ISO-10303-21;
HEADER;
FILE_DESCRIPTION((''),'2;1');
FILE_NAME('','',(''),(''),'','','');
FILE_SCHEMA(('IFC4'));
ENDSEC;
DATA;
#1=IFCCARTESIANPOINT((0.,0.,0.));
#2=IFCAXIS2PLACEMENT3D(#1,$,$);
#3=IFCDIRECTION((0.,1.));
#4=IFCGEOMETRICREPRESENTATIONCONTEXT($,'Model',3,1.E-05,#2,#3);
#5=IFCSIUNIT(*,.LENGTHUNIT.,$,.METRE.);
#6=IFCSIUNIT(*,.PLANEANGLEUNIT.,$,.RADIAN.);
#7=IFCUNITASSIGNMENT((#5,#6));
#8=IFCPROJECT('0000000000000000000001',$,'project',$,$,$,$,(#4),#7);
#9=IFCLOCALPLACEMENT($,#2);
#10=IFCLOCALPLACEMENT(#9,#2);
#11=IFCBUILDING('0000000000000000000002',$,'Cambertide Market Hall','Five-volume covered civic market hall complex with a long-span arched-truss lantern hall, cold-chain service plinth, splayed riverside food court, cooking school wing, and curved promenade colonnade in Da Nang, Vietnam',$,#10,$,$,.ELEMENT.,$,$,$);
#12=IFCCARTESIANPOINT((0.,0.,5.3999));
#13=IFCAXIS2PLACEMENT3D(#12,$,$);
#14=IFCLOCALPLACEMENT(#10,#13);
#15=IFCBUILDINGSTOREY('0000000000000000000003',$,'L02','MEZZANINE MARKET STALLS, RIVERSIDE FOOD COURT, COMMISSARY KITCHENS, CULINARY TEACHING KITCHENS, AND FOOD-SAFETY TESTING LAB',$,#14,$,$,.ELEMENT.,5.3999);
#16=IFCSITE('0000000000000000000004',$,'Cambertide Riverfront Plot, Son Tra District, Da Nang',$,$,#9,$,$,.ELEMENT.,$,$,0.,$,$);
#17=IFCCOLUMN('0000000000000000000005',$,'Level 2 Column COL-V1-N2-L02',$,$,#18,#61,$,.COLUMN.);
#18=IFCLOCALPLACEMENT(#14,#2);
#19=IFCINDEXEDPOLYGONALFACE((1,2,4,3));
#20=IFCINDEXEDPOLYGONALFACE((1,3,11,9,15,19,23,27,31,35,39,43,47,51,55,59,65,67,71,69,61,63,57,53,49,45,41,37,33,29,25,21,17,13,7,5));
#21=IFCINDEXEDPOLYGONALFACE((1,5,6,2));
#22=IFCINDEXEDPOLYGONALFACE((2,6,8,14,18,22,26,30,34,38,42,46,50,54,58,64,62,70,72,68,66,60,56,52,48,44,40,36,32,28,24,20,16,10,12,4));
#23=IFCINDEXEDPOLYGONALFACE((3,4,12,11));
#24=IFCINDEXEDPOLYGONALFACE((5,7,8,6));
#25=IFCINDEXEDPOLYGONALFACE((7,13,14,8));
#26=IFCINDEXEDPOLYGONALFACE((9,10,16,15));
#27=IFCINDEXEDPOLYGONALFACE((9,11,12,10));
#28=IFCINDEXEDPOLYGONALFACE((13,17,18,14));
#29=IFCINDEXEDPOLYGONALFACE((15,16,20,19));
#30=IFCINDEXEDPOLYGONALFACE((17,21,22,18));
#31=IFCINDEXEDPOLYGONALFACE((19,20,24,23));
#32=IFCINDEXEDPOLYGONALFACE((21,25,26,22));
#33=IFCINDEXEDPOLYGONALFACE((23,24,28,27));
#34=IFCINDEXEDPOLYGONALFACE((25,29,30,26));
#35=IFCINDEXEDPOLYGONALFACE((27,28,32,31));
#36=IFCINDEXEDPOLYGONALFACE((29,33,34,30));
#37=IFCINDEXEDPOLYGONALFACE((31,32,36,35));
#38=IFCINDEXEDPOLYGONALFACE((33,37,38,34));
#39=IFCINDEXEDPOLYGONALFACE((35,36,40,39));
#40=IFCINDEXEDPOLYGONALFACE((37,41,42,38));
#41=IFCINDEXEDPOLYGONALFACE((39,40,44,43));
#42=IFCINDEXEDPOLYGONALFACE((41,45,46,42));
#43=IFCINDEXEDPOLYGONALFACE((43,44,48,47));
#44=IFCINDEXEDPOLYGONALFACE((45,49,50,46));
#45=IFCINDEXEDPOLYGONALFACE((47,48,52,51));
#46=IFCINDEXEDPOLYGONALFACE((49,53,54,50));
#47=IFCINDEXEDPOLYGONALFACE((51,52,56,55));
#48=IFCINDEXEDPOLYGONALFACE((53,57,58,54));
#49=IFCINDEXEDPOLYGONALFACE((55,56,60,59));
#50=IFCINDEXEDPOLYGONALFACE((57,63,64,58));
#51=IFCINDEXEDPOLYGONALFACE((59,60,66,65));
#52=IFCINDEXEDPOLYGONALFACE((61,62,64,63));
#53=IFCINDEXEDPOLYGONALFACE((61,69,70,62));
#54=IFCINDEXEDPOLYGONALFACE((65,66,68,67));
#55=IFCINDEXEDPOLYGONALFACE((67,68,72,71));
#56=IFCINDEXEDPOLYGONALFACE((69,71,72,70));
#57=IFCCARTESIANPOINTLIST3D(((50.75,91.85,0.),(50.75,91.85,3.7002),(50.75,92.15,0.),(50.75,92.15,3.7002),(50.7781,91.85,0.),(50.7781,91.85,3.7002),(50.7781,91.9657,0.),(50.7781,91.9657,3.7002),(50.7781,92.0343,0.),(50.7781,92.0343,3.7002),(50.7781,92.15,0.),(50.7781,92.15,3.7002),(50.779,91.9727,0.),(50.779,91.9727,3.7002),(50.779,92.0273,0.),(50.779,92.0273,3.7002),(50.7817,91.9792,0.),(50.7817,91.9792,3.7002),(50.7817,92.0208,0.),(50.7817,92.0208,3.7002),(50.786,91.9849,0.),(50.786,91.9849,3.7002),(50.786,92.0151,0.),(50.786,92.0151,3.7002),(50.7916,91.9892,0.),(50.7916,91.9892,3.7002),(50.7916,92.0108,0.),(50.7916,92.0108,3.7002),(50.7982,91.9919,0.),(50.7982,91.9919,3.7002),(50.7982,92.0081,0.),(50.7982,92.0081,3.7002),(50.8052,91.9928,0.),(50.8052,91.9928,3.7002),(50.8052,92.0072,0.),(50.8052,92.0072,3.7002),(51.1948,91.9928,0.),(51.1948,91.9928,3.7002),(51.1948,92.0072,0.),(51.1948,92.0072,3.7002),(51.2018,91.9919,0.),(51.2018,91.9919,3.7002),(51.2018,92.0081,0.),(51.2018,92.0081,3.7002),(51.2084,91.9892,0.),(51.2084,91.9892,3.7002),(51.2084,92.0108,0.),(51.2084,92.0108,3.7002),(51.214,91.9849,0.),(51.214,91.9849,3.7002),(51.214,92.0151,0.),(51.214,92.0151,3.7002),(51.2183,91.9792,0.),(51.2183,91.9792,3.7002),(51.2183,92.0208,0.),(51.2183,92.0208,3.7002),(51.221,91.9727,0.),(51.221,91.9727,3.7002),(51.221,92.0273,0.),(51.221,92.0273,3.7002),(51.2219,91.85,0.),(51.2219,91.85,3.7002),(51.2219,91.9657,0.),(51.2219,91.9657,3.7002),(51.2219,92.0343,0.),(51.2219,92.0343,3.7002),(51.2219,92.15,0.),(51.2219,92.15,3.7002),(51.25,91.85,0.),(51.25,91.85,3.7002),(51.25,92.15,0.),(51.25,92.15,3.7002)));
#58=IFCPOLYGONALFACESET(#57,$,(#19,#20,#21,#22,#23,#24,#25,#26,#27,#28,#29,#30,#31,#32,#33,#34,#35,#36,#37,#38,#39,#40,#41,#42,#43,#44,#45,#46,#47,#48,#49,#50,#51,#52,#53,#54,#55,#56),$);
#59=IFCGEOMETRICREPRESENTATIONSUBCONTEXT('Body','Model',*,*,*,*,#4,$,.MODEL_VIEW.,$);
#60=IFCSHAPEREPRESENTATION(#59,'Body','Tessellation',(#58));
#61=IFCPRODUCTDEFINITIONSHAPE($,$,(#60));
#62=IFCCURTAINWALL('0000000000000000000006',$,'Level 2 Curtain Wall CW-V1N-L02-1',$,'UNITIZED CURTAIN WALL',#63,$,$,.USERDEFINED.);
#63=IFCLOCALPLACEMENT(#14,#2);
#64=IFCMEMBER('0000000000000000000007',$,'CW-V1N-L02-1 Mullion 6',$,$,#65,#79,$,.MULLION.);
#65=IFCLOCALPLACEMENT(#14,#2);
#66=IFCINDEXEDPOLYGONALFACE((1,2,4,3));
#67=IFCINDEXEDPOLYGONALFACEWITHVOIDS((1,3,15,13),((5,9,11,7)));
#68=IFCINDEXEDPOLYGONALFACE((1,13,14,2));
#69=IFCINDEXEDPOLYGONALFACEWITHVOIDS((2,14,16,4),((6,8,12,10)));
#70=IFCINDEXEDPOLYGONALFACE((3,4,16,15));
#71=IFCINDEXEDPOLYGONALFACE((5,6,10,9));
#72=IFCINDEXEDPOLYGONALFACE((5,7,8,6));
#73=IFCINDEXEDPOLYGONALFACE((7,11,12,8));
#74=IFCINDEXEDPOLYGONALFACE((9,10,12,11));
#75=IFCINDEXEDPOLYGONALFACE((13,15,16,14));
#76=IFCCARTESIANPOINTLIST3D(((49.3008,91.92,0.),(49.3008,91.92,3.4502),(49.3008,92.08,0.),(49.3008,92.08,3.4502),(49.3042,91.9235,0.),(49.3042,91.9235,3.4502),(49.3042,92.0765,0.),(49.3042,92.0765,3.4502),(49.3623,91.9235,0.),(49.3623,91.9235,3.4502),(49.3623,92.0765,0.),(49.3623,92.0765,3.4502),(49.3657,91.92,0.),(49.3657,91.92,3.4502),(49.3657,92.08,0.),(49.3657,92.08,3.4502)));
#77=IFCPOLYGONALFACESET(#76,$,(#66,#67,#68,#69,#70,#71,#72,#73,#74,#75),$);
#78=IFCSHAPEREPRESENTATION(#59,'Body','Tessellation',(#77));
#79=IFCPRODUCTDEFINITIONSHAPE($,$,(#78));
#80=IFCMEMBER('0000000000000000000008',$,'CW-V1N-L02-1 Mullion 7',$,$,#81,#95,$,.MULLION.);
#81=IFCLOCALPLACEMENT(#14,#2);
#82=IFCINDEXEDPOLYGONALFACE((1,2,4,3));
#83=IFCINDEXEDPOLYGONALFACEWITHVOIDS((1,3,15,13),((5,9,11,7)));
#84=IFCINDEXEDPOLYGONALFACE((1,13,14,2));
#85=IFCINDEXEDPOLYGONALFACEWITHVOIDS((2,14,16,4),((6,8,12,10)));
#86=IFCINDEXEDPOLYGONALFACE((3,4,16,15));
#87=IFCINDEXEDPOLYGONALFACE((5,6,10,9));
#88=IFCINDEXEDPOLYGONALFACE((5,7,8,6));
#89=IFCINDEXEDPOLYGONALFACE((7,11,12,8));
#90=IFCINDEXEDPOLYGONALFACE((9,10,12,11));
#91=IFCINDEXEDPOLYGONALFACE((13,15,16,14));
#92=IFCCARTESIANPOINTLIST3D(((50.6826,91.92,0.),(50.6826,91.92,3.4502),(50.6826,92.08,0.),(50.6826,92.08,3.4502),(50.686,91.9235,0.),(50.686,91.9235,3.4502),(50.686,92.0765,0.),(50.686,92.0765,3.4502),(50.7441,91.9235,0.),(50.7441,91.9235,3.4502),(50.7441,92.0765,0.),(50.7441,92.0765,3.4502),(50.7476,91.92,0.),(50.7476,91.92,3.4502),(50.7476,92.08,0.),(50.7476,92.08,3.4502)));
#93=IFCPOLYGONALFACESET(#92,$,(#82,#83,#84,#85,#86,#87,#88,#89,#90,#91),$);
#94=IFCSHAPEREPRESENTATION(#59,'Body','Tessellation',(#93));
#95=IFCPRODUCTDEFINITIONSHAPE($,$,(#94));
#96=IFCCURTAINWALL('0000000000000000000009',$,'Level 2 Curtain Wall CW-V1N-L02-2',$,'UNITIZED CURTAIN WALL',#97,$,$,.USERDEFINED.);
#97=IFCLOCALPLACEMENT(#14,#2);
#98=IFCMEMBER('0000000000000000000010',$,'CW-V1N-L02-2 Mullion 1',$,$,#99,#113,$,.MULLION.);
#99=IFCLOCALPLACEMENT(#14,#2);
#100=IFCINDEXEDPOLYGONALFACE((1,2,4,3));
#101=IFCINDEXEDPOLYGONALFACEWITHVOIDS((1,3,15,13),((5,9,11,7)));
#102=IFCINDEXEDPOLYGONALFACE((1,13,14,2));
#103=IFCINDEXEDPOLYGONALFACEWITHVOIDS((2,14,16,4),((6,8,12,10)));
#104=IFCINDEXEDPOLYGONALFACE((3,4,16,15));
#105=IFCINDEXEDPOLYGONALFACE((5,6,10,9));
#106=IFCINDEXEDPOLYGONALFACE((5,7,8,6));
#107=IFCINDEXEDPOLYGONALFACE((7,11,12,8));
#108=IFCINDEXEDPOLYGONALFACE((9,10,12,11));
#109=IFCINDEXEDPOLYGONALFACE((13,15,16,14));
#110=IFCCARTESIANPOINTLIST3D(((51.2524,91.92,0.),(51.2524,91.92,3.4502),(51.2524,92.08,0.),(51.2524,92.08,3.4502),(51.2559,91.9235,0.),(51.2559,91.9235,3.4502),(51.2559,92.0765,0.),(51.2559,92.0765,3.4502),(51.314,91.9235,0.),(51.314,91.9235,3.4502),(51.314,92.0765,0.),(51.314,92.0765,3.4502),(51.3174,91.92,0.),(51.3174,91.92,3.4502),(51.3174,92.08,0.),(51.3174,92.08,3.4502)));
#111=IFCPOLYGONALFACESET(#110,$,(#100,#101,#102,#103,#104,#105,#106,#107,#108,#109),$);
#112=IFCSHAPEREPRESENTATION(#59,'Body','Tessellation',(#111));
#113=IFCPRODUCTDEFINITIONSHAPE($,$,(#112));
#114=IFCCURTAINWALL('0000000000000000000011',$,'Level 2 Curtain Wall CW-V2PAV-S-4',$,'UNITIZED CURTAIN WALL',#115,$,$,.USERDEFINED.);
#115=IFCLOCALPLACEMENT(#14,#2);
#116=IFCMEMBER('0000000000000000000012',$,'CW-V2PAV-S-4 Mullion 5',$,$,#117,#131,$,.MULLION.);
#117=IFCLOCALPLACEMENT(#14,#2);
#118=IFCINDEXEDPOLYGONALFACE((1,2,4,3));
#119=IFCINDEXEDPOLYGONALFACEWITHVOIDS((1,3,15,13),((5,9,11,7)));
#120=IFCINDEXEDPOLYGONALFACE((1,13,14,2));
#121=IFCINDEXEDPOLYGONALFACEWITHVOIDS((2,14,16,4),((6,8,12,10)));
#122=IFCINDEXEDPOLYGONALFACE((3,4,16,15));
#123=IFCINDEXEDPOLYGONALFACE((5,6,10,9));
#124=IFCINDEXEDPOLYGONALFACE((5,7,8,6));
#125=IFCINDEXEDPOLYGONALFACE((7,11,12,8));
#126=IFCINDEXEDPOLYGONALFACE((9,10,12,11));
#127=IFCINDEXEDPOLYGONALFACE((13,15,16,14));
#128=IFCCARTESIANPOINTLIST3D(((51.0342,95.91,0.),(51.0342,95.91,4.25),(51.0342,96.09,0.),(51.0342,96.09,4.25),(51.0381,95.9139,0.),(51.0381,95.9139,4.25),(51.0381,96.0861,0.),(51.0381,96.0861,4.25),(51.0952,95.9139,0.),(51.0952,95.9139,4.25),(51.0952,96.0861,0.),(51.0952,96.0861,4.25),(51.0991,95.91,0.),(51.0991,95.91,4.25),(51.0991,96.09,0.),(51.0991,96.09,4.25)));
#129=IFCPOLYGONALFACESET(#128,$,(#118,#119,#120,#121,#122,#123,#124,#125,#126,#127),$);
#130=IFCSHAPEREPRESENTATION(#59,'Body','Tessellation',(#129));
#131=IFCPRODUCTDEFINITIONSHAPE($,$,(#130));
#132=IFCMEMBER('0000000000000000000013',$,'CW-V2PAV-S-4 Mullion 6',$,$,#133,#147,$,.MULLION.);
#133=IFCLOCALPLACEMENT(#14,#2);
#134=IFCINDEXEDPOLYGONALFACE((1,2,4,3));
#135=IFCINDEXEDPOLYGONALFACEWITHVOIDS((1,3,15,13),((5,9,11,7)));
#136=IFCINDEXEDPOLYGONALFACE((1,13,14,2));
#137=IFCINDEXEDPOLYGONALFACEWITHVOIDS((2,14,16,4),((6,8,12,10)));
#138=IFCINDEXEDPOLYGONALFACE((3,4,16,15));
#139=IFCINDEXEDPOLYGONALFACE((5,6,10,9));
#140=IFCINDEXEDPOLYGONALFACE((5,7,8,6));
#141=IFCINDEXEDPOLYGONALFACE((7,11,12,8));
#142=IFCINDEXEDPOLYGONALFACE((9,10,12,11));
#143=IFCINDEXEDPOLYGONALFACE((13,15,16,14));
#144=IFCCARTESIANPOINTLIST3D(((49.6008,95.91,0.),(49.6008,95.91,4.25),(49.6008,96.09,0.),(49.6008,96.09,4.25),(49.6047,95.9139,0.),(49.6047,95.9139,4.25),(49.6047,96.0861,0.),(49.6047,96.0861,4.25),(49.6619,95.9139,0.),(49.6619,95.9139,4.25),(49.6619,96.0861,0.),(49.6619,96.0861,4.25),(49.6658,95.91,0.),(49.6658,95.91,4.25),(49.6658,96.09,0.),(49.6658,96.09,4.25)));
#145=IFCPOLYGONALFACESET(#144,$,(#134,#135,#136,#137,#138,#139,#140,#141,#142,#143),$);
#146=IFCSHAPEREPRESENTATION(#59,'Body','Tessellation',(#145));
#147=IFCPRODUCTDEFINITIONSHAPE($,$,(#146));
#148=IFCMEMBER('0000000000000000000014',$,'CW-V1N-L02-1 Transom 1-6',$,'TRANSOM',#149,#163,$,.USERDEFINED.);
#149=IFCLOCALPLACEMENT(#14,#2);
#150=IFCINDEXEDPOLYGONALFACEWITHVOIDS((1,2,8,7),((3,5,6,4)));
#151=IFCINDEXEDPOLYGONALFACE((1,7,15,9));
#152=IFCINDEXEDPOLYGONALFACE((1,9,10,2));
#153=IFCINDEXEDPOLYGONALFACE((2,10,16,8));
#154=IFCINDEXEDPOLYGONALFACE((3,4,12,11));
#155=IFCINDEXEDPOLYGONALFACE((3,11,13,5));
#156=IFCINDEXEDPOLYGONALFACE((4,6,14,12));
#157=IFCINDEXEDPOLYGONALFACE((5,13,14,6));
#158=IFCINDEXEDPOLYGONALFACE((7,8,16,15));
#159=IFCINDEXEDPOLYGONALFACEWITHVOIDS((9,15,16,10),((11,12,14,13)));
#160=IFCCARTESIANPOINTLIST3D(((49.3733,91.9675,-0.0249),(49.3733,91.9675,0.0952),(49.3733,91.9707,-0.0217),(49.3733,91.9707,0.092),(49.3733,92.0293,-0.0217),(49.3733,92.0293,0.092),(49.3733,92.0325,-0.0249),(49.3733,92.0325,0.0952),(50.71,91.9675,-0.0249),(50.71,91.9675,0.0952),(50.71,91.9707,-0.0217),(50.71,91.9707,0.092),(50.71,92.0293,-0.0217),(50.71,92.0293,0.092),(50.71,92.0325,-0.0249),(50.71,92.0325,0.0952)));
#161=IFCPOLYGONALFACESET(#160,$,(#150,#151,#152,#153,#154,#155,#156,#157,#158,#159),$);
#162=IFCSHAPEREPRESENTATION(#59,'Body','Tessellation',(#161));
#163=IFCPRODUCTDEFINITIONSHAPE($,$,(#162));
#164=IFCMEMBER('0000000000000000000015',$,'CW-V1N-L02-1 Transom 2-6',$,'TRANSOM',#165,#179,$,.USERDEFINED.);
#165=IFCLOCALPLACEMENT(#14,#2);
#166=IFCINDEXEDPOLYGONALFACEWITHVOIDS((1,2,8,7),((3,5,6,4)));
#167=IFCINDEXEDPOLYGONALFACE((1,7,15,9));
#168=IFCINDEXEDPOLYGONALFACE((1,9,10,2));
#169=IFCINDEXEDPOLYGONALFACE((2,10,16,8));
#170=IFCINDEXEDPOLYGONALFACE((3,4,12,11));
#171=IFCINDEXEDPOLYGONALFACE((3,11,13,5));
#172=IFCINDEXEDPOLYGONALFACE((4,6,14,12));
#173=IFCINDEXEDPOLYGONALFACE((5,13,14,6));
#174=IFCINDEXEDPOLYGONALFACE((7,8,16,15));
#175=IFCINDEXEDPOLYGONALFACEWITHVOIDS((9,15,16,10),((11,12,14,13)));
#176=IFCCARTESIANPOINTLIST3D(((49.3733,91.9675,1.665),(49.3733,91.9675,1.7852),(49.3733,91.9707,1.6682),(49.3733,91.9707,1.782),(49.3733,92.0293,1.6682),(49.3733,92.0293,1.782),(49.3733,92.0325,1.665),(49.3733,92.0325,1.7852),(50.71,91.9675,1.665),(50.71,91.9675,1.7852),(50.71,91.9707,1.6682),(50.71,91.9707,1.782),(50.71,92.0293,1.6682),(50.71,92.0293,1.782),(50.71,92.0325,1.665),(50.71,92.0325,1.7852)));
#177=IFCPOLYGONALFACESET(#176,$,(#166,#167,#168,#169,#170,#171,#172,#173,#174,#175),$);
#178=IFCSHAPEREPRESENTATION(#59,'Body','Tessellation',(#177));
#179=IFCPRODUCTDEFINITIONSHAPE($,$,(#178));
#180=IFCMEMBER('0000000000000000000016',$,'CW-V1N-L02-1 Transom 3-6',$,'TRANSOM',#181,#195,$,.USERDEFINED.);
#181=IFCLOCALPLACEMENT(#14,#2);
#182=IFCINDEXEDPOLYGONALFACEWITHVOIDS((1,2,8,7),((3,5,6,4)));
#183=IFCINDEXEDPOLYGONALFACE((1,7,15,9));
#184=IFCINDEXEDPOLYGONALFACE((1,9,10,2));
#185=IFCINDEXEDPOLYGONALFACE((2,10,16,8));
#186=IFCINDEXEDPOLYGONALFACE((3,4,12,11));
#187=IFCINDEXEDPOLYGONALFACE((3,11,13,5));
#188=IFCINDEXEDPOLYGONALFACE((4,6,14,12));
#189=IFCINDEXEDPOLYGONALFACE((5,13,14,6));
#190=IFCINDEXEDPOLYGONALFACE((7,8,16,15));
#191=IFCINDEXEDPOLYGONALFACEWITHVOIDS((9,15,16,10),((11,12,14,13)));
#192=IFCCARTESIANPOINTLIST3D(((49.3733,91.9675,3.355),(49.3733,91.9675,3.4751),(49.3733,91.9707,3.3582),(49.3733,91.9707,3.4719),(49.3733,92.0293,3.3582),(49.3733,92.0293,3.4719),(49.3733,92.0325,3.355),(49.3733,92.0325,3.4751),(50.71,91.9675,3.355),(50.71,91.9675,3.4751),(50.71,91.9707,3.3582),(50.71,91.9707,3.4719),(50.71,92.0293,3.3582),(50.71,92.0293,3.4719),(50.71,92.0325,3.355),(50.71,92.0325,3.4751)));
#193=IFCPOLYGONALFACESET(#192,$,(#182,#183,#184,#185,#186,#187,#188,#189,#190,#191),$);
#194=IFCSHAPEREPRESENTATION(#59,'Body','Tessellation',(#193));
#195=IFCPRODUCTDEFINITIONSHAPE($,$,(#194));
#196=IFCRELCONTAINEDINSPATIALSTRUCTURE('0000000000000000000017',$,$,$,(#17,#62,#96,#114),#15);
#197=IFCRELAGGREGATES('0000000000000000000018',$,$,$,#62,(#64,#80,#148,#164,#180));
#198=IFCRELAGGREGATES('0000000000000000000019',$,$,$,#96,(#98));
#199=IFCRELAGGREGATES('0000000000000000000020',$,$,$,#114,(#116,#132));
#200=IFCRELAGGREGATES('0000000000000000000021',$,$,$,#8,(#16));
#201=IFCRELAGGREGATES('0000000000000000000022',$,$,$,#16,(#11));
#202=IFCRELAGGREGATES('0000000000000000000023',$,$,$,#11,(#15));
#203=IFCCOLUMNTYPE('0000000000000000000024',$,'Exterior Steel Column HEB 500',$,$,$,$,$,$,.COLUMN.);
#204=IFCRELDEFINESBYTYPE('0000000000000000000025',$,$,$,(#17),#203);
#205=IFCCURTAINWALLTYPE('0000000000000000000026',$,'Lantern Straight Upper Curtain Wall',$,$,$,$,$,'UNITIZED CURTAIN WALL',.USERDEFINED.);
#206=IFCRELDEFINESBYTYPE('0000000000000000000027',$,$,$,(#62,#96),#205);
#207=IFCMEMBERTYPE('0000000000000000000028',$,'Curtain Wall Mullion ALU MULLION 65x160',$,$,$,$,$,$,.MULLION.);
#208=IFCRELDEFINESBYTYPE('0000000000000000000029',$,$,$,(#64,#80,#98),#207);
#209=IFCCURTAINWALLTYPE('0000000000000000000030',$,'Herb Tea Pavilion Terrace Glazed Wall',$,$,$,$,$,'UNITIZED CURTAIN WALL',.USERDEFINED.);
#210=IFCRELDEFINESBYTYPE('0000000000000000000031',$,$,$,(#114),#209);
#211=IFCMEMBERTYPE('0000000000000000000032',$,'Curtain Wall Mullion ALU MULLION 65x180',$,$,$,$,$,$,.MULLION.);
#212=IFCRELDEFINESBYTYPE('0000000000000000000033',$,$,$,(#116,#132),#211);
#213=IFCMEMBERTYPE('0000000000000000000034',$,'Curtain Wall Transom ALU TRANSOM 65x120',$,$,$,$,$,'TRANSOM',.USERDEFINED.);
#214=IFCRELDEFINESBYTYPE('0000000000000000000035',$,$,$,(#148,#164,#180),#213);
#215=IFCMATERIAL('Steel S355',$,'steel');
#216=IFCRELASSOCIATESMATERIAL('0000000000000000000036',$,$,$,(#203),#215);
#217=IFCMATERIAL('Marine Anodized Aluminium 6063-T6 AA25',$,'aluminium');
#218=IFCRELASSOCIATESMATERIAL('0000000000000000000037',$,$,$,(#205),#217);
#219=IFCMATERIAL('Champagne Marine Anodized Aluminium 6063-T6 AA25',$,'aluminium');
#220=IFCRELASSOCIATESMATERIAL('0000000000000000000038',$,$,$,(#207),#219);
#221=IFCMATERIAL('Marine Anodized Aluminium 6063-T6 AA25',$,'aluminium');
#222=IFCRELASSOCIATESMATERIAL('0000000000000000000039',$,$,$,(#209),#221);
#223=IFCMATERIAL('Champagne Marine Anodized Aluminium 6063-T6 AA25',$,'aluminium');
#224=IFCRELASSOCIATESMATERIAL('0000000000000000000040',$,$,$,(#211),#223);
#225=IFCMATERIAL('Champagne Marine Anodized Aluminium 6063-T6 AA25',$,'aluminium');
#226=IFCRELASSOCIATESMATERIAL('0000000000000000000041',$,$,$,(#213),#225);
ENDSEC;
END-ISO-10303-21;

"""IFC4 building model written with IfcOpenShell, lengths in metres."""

from ifc_helpers import new_model, si_unit, direction, frame, origin, origin_2d, place, context, subcontext, project, spatial, hollow_rectangle, i_section, extrude, material, material_profile, profile_set, type_object, element, aggregate, save


model = new_model("IFC4")

# Units and contexts
model_context = context("Model", 3, precision=1e-05, world=origin(), true_north=direction((0.0, 1.0)))
body_context = subcontext(model_context, "Body", "Model", "MODEL_VIEW")
ifc_project = project(units=[si_unit("LENGTHUNIT", "METRE"), si_unit("PLANEANGLEUNIT", "RADIAN")], contexts=[model_context])

# Site, building, storey
site_placement = place(None, origin())
site = spatial("IfcSite", under=ifc_project, at=site_placement, Name="Cambertide Riverfront Plot, Son Tra District, Da Nang", CompositionType="ELEMENT", RefElevation=0.0)
building_placement = place(site_placement, origin())
building = spatial("IfcBuilding", under=site, at=building_placement, Name="Cambertide Market Hall", Description="Five-volume covered civic market hall complex with a long-span arched-truss lantern hall, cold-chain service plinth, splayed riverside food court, cooking school wing, and curved promenade colonnade in Da Nang, Vietnam", CompositionType="ELEMENT")
storey_placement = place(building_placement, frame((0.0, 0.0, 5.3999)))
storey = spatial("IfcBuildingStorey", under=building, at=storey_placement, Name="L02", Description="MEZZANINE MARKET STALLS, RIVERSIDE FOOD COURT, COMMISSARY KITCHENS, CULINARY TEACHING KITCHENS, AND FOOD-SAFETY TESTING LAB", CompositionType="ELEMENT", Elevation=5.3999)

# Column
ifc_material_1 = material(Name="Steel S355", Category="steel")
ifc_material_profile_1 = material_profile(ifc_material_1, i_section(OverallWidth=0.3, OverallDepth=0.5, WebThickness=0.0144, FlangeThickness=0.0281, FilletRadius=0.0271, at=origin_2d()), Name="HEB 500")
ifc_profile_set_1 = profile_set([ifc_material_profile_1], Name="Steel S355")
column_type = type_object("IfcColumnType", Name="Exterior Steel Column HEB 500", PredefinedType="COLUMN", material=ifc_profile_set_1)
column_placement = place(storey_placement, frame((51.0, 92.0, 0.0), z_axis=(0.0, 0.0, 1.0), x_axis=(0.0, 1.0, 0.0)))
element("IfcColumn", 1, at=column_placement, inside=storey, type_object=column_type, Name="Level 2 Column COL-V1-N2-L02", PredefinedType="COLUMN", context=body_context, shape_type="SweptSolid", body=[
    extrude(i_section(OverallWidth=0.3, OverallDepth=0.5, WebThickness=0.0144, FlangeThickness=0.0281, FilletRadius=0.0271, at=origin_2d()), origin(), (0.0, 0.0, 1.0), 3.7002),
])

# Curtain wall, members
ifc_material_2 = material(Name="Marine Anodized Aluminium 6063-T6 AA25", Category="aluminium")
curtain_wall_type_1 = type_object("IfcCurtainWallType", Name="Lantern Straight Upper Curtain Wall", ElementType="UNITIZED CURTAIN WALL", PredefinedType="USERDEFINED", material=ifc_material_2)
curtain_wall_1_placement = place(storey_placement, origin())
curtain_wall_1 = element("IfcCurtainWall", 2, at=curtain_wall_1_placement, inside=storey, type_object=curtain_wall_type_1, Name="Level 2 Curtain Wall CW-V1N-L02-1", ObjectType="UNITIZED CURTAIN WALL", PredefinedType="USERDEFINED")
ifc_material_3 = material(Name="Champagne Marine Anodized Aluminium 6063-T6 AA25", Category="aluminium")
ifc_material_profile_2 = material_profile(ifc_material_3, hollow_rectangle(XDim=0.0649, YDim=0.1599, WallThickness=0.0034, at=origin_2d()), Name="ALU MULLION 65x160")
ifc_profile_set_2 = profile_set([ifc_material_profile_2], Name="Champagne Marine Anodized Aluminium 6063-T6 AA25")
member_type_1 = type_object("IfcMemberType", Name="Curtain Wall Mullion ALU MULLION 65x160", PredefinedType="MULLION", material=ifc_profile_set_2)
member_1_placement = place(storey_placement, frame((49.3333, 92.0, 0.0), z_axis=(0.0, 0.0, 1.0), x_axis=(1.0, 0.0, 0.0)))
member_1 = element("IfcMember", 3, at=member_1_placement, type_object=member_type_1, Name="CW-V1N-L02-1 Mullion 6", PredefinedType="MULLION", context=body_context, shape_type="SweptSolid", body=[
    extrude(hollow_rectangle(XDim=0.0649, YDim=0.1599, WallThickness=0.0034, at=origin_2d()), origin(), (0.0, 0.0, 1.0), 3.4502),
])
member_2_placement = place(storey_placement, frame((50.7151, 92.0, 0.0), z_axis=(0.0, 0.0, 1.0), x_axis=(1.0, 0.0, 0.0)))
member_2 = element("IfcMember", 4, at=member_2_placement, type_object=member_type_1, Name="CW-V1N-L02-1 Mullion 7", PredefinedType="MULLION", context=body_context, shape_type="SweptSolid", body=[
    extrude(hollow_rectangle(XDim=0.0649, YDim=0.1599, WallThickness=0.0034, at=origin_2d()), origin(), (0.0, 0.0, 1.0), 3.4502),
])

# Curtain wall, member
curtain_wall_2_placement = place(storey_placement, origin())
curtain_wall_2 = element("IfcCurtainWall", 5, at=curtain_wall_2_placement, inside=storey, type_object=curtain_wall_type_1, Name="Level 2 Curtain Wall CW-V1N-L02-2", ObjectType="UNITIZED CURTAIN WALL", PredefinedType="USERDEFINED")
member_3_placement = place(storey_placement, frame((51.2849, 92.0, 0.0), z_axis=(0.0, 0.0, 1.0), x_axis=(1.0, 0.0, 0.0)))
member_3 = element("IfcMember", 6, at=member_3_placement, type_object=member_type_1, Name="CW-V1N-L02-2 Mullion 1", PredefinedType="MULLION", context=body_context, shape_type="SweptSolid", body=[
    extrude(hollow_rectangle(XDim=0.0649, YDim=0.1599, WallThickness=0.0034, at=origin_2d()), origin(), (0.0, 0.0, 1.0), 3.4502),
])

# Curtain wall, members
ifc_material_4 = material(Name="Marine Anodized Aluminium 6063-T6 AA25", Category="aluminium")
curtain_wall_type_2 = type_object("IfcCurtainWallType", Name="Herb Tea Pavilion Terrace Glazed Wall", ElementType="UNITIZED CURTAIN WALL", PredefinedType="USERDEFINED", material=ifc_material_4)
curtain_wall_3_placement = place(storey_placement, origin())
curtain_wall_3 = element("IfcCurtainWall", 7, at=curtain_wall_3_placement, inside=storey, type_object=curtain_wall_type_2, Name="Level 2 Curtain Wall CW-V2PAV-S-4", ObjectType="UNITIZED CURTAIN WALL", PredefinedType="USERDEFINED")
ifc_material_5 = material(Name="Champagne Marine Anodized Aluminium 6063-T6 AA25", Category="aluminium")
ifc_material_profile_3 = material_profile(ifc_material_5, hollow_rectangle(XDim=0.0649, YDim=0.1799, WallThickness=0.0039, at=origin_2d()), Name="ALU MULLION 65x180")
ifc_profile_set_3 = profile_set([ifc_material_profile_3], Name="Champagne Marine Anodized Aluminium 6063-T6 AA25")
member_type_2 = type_object("IfcMemberType", Name="Curtain Wall Mullion ALU MULLION 65x180", PredefinedType="MULLION", material=ifc_profile_set_3)
member_4_placement = place(storey_placement, frame((51.0667, 96.0, 0.0), z_axis=(0.0, 0.0, 1.0), x_axis=(-1.0, 0.0, 0.0)))
member_4 = element("IfcMember", 8, at=member_4_placement, type_object=member_type_2, Name="CW-V2PAV-S-4 Mullion 5", PredefinedType="MULLION", context=body_context, shape_type="SweptSolid", body=[
    extrude(hollow_rectangle(XDim=0.0649, YDim=0.1799, WallThickness=0.0039, at=origin_2d()), origin(), (0.0, 0.0, 1.0), 4.25),
])
member_5_placement = place(storey_placement, frame((49.6333, 96.0, 0.0), z_axis=(0.0, 0.0, 1.0), x_axis=(-1.0, 0.0, 0.0)))
member_5 = element("IfcMember", 9, at=member_5_placement, type_object=member_type_2, Name="CW-V2PAV-S-4 Mullion 6", PredefinedType="MULLION", context=body_context, shape_type="SweptSolid", body=[
    extrude(hollow_rectangle(XDim=0.0649, YDim=0.1799, WallThickness=0.0039, at=origin_2d()), origin(), (0.0, 0.0, 1.0), 4.25),
])

# Members
ifc_material_6 = material(Name="Champagne Marine Anodized Aluminium 6063-T6 AA25", Category="aluminium")
ifc_material_profile_4 = material_profile(ifc_material_6, hollow_rectangle(XDim=0.0649, YDim=0.1201, WallThickness=0.0032, at=origin_2d()), Name="ALU TRANSOM 65x120")
ifc_profile_set_4 = profile_set([ifc_material_profile_4], Name="Champagne Marine Anodized Aluminium 6063-T6 AA25")
member_type_3 = type_object("IfcMemberType", Name="Curtain Wall Transom ALU TRANSOM 65x120", ElementType="TRANSOM", PredefinedType="USERDEFINED", material=ifc_profile_set_4)
member_6_placement = place(storey_placement, frame((49.3733, 92.0, 0.0352), z_axis=(1.0, 0.0, 0.0), x_axis=(0.0, 1.0, 0.0)))
member_6 = element("IfcMember", 10, at=member_6_placement, type_object=member_type_3, Name="CW-V1N-L02-1 Transom 1-6", ObjectType="TRANSOM", PredefinedType="USERDEFINED", context=body_context, shape_type="SweptSolid", body=[
    extrude(hollow_rectangle(XDim=0.0649, YDim=0.1201, WallThickness=0.0032, at=origin_2d()), origin(), (0.0, 0.0, 1.0), 1.3367),
])
member_7_placement = place(storey_placement, frame((49.3733, 92.0, 1.7251), z_axis=(1.0, 0.0, 0.0), x_axis=(0.0, 1.0, 0.0)))
member_7 = element("IfcMember", 11, at=member_7_placement, type_object=member_type_3, Name="CW-V1N-L02-1 Transom 2-6", ObjectType="TRANSOM", PredefinedType="USERDEFINED", context=body_context, shape_type="SweptSolid", body=[
    extrude(hollow_rectangle(XDim=0.0649, YDim=0.1201, WallThickness=0.0032, at=origin_2d()), origin(), (0.0, 0.0, 1.0), 1.3367),
])
member_8_placement = place(storey_placement, frame((49.3733, 92.0, 3.415), z_axis=(1.0, 0.0, 0.0), x_axis=(0.0, 1.0, 0.0)))
member_8 = element("IfcMember", 12, at=member_8_placement, type_object=member_type_3, Name="CW-V1N-L02-1 Transom 3-6", ObjectType="TRANSOM", PredefinedType="USERDEFINED", context=body_context, shape_type="SweptSolid", body=[
    extrude(hollow_rectangle(XDim=0.0649, YDim=0.1201, WallThickness=0.0032, at=origin_2d()), origin(), (0.0, 0.0, 1.0), 1.3367),
])

aggregate(curtain_wall_1, [member_1, member_2, member_6, member_7, member_8])
aggregate(curtain_wall_2, [member_3])
aggregate(curtain_wall_3, [member_4, member_5])

save(model, "model.ifc")
